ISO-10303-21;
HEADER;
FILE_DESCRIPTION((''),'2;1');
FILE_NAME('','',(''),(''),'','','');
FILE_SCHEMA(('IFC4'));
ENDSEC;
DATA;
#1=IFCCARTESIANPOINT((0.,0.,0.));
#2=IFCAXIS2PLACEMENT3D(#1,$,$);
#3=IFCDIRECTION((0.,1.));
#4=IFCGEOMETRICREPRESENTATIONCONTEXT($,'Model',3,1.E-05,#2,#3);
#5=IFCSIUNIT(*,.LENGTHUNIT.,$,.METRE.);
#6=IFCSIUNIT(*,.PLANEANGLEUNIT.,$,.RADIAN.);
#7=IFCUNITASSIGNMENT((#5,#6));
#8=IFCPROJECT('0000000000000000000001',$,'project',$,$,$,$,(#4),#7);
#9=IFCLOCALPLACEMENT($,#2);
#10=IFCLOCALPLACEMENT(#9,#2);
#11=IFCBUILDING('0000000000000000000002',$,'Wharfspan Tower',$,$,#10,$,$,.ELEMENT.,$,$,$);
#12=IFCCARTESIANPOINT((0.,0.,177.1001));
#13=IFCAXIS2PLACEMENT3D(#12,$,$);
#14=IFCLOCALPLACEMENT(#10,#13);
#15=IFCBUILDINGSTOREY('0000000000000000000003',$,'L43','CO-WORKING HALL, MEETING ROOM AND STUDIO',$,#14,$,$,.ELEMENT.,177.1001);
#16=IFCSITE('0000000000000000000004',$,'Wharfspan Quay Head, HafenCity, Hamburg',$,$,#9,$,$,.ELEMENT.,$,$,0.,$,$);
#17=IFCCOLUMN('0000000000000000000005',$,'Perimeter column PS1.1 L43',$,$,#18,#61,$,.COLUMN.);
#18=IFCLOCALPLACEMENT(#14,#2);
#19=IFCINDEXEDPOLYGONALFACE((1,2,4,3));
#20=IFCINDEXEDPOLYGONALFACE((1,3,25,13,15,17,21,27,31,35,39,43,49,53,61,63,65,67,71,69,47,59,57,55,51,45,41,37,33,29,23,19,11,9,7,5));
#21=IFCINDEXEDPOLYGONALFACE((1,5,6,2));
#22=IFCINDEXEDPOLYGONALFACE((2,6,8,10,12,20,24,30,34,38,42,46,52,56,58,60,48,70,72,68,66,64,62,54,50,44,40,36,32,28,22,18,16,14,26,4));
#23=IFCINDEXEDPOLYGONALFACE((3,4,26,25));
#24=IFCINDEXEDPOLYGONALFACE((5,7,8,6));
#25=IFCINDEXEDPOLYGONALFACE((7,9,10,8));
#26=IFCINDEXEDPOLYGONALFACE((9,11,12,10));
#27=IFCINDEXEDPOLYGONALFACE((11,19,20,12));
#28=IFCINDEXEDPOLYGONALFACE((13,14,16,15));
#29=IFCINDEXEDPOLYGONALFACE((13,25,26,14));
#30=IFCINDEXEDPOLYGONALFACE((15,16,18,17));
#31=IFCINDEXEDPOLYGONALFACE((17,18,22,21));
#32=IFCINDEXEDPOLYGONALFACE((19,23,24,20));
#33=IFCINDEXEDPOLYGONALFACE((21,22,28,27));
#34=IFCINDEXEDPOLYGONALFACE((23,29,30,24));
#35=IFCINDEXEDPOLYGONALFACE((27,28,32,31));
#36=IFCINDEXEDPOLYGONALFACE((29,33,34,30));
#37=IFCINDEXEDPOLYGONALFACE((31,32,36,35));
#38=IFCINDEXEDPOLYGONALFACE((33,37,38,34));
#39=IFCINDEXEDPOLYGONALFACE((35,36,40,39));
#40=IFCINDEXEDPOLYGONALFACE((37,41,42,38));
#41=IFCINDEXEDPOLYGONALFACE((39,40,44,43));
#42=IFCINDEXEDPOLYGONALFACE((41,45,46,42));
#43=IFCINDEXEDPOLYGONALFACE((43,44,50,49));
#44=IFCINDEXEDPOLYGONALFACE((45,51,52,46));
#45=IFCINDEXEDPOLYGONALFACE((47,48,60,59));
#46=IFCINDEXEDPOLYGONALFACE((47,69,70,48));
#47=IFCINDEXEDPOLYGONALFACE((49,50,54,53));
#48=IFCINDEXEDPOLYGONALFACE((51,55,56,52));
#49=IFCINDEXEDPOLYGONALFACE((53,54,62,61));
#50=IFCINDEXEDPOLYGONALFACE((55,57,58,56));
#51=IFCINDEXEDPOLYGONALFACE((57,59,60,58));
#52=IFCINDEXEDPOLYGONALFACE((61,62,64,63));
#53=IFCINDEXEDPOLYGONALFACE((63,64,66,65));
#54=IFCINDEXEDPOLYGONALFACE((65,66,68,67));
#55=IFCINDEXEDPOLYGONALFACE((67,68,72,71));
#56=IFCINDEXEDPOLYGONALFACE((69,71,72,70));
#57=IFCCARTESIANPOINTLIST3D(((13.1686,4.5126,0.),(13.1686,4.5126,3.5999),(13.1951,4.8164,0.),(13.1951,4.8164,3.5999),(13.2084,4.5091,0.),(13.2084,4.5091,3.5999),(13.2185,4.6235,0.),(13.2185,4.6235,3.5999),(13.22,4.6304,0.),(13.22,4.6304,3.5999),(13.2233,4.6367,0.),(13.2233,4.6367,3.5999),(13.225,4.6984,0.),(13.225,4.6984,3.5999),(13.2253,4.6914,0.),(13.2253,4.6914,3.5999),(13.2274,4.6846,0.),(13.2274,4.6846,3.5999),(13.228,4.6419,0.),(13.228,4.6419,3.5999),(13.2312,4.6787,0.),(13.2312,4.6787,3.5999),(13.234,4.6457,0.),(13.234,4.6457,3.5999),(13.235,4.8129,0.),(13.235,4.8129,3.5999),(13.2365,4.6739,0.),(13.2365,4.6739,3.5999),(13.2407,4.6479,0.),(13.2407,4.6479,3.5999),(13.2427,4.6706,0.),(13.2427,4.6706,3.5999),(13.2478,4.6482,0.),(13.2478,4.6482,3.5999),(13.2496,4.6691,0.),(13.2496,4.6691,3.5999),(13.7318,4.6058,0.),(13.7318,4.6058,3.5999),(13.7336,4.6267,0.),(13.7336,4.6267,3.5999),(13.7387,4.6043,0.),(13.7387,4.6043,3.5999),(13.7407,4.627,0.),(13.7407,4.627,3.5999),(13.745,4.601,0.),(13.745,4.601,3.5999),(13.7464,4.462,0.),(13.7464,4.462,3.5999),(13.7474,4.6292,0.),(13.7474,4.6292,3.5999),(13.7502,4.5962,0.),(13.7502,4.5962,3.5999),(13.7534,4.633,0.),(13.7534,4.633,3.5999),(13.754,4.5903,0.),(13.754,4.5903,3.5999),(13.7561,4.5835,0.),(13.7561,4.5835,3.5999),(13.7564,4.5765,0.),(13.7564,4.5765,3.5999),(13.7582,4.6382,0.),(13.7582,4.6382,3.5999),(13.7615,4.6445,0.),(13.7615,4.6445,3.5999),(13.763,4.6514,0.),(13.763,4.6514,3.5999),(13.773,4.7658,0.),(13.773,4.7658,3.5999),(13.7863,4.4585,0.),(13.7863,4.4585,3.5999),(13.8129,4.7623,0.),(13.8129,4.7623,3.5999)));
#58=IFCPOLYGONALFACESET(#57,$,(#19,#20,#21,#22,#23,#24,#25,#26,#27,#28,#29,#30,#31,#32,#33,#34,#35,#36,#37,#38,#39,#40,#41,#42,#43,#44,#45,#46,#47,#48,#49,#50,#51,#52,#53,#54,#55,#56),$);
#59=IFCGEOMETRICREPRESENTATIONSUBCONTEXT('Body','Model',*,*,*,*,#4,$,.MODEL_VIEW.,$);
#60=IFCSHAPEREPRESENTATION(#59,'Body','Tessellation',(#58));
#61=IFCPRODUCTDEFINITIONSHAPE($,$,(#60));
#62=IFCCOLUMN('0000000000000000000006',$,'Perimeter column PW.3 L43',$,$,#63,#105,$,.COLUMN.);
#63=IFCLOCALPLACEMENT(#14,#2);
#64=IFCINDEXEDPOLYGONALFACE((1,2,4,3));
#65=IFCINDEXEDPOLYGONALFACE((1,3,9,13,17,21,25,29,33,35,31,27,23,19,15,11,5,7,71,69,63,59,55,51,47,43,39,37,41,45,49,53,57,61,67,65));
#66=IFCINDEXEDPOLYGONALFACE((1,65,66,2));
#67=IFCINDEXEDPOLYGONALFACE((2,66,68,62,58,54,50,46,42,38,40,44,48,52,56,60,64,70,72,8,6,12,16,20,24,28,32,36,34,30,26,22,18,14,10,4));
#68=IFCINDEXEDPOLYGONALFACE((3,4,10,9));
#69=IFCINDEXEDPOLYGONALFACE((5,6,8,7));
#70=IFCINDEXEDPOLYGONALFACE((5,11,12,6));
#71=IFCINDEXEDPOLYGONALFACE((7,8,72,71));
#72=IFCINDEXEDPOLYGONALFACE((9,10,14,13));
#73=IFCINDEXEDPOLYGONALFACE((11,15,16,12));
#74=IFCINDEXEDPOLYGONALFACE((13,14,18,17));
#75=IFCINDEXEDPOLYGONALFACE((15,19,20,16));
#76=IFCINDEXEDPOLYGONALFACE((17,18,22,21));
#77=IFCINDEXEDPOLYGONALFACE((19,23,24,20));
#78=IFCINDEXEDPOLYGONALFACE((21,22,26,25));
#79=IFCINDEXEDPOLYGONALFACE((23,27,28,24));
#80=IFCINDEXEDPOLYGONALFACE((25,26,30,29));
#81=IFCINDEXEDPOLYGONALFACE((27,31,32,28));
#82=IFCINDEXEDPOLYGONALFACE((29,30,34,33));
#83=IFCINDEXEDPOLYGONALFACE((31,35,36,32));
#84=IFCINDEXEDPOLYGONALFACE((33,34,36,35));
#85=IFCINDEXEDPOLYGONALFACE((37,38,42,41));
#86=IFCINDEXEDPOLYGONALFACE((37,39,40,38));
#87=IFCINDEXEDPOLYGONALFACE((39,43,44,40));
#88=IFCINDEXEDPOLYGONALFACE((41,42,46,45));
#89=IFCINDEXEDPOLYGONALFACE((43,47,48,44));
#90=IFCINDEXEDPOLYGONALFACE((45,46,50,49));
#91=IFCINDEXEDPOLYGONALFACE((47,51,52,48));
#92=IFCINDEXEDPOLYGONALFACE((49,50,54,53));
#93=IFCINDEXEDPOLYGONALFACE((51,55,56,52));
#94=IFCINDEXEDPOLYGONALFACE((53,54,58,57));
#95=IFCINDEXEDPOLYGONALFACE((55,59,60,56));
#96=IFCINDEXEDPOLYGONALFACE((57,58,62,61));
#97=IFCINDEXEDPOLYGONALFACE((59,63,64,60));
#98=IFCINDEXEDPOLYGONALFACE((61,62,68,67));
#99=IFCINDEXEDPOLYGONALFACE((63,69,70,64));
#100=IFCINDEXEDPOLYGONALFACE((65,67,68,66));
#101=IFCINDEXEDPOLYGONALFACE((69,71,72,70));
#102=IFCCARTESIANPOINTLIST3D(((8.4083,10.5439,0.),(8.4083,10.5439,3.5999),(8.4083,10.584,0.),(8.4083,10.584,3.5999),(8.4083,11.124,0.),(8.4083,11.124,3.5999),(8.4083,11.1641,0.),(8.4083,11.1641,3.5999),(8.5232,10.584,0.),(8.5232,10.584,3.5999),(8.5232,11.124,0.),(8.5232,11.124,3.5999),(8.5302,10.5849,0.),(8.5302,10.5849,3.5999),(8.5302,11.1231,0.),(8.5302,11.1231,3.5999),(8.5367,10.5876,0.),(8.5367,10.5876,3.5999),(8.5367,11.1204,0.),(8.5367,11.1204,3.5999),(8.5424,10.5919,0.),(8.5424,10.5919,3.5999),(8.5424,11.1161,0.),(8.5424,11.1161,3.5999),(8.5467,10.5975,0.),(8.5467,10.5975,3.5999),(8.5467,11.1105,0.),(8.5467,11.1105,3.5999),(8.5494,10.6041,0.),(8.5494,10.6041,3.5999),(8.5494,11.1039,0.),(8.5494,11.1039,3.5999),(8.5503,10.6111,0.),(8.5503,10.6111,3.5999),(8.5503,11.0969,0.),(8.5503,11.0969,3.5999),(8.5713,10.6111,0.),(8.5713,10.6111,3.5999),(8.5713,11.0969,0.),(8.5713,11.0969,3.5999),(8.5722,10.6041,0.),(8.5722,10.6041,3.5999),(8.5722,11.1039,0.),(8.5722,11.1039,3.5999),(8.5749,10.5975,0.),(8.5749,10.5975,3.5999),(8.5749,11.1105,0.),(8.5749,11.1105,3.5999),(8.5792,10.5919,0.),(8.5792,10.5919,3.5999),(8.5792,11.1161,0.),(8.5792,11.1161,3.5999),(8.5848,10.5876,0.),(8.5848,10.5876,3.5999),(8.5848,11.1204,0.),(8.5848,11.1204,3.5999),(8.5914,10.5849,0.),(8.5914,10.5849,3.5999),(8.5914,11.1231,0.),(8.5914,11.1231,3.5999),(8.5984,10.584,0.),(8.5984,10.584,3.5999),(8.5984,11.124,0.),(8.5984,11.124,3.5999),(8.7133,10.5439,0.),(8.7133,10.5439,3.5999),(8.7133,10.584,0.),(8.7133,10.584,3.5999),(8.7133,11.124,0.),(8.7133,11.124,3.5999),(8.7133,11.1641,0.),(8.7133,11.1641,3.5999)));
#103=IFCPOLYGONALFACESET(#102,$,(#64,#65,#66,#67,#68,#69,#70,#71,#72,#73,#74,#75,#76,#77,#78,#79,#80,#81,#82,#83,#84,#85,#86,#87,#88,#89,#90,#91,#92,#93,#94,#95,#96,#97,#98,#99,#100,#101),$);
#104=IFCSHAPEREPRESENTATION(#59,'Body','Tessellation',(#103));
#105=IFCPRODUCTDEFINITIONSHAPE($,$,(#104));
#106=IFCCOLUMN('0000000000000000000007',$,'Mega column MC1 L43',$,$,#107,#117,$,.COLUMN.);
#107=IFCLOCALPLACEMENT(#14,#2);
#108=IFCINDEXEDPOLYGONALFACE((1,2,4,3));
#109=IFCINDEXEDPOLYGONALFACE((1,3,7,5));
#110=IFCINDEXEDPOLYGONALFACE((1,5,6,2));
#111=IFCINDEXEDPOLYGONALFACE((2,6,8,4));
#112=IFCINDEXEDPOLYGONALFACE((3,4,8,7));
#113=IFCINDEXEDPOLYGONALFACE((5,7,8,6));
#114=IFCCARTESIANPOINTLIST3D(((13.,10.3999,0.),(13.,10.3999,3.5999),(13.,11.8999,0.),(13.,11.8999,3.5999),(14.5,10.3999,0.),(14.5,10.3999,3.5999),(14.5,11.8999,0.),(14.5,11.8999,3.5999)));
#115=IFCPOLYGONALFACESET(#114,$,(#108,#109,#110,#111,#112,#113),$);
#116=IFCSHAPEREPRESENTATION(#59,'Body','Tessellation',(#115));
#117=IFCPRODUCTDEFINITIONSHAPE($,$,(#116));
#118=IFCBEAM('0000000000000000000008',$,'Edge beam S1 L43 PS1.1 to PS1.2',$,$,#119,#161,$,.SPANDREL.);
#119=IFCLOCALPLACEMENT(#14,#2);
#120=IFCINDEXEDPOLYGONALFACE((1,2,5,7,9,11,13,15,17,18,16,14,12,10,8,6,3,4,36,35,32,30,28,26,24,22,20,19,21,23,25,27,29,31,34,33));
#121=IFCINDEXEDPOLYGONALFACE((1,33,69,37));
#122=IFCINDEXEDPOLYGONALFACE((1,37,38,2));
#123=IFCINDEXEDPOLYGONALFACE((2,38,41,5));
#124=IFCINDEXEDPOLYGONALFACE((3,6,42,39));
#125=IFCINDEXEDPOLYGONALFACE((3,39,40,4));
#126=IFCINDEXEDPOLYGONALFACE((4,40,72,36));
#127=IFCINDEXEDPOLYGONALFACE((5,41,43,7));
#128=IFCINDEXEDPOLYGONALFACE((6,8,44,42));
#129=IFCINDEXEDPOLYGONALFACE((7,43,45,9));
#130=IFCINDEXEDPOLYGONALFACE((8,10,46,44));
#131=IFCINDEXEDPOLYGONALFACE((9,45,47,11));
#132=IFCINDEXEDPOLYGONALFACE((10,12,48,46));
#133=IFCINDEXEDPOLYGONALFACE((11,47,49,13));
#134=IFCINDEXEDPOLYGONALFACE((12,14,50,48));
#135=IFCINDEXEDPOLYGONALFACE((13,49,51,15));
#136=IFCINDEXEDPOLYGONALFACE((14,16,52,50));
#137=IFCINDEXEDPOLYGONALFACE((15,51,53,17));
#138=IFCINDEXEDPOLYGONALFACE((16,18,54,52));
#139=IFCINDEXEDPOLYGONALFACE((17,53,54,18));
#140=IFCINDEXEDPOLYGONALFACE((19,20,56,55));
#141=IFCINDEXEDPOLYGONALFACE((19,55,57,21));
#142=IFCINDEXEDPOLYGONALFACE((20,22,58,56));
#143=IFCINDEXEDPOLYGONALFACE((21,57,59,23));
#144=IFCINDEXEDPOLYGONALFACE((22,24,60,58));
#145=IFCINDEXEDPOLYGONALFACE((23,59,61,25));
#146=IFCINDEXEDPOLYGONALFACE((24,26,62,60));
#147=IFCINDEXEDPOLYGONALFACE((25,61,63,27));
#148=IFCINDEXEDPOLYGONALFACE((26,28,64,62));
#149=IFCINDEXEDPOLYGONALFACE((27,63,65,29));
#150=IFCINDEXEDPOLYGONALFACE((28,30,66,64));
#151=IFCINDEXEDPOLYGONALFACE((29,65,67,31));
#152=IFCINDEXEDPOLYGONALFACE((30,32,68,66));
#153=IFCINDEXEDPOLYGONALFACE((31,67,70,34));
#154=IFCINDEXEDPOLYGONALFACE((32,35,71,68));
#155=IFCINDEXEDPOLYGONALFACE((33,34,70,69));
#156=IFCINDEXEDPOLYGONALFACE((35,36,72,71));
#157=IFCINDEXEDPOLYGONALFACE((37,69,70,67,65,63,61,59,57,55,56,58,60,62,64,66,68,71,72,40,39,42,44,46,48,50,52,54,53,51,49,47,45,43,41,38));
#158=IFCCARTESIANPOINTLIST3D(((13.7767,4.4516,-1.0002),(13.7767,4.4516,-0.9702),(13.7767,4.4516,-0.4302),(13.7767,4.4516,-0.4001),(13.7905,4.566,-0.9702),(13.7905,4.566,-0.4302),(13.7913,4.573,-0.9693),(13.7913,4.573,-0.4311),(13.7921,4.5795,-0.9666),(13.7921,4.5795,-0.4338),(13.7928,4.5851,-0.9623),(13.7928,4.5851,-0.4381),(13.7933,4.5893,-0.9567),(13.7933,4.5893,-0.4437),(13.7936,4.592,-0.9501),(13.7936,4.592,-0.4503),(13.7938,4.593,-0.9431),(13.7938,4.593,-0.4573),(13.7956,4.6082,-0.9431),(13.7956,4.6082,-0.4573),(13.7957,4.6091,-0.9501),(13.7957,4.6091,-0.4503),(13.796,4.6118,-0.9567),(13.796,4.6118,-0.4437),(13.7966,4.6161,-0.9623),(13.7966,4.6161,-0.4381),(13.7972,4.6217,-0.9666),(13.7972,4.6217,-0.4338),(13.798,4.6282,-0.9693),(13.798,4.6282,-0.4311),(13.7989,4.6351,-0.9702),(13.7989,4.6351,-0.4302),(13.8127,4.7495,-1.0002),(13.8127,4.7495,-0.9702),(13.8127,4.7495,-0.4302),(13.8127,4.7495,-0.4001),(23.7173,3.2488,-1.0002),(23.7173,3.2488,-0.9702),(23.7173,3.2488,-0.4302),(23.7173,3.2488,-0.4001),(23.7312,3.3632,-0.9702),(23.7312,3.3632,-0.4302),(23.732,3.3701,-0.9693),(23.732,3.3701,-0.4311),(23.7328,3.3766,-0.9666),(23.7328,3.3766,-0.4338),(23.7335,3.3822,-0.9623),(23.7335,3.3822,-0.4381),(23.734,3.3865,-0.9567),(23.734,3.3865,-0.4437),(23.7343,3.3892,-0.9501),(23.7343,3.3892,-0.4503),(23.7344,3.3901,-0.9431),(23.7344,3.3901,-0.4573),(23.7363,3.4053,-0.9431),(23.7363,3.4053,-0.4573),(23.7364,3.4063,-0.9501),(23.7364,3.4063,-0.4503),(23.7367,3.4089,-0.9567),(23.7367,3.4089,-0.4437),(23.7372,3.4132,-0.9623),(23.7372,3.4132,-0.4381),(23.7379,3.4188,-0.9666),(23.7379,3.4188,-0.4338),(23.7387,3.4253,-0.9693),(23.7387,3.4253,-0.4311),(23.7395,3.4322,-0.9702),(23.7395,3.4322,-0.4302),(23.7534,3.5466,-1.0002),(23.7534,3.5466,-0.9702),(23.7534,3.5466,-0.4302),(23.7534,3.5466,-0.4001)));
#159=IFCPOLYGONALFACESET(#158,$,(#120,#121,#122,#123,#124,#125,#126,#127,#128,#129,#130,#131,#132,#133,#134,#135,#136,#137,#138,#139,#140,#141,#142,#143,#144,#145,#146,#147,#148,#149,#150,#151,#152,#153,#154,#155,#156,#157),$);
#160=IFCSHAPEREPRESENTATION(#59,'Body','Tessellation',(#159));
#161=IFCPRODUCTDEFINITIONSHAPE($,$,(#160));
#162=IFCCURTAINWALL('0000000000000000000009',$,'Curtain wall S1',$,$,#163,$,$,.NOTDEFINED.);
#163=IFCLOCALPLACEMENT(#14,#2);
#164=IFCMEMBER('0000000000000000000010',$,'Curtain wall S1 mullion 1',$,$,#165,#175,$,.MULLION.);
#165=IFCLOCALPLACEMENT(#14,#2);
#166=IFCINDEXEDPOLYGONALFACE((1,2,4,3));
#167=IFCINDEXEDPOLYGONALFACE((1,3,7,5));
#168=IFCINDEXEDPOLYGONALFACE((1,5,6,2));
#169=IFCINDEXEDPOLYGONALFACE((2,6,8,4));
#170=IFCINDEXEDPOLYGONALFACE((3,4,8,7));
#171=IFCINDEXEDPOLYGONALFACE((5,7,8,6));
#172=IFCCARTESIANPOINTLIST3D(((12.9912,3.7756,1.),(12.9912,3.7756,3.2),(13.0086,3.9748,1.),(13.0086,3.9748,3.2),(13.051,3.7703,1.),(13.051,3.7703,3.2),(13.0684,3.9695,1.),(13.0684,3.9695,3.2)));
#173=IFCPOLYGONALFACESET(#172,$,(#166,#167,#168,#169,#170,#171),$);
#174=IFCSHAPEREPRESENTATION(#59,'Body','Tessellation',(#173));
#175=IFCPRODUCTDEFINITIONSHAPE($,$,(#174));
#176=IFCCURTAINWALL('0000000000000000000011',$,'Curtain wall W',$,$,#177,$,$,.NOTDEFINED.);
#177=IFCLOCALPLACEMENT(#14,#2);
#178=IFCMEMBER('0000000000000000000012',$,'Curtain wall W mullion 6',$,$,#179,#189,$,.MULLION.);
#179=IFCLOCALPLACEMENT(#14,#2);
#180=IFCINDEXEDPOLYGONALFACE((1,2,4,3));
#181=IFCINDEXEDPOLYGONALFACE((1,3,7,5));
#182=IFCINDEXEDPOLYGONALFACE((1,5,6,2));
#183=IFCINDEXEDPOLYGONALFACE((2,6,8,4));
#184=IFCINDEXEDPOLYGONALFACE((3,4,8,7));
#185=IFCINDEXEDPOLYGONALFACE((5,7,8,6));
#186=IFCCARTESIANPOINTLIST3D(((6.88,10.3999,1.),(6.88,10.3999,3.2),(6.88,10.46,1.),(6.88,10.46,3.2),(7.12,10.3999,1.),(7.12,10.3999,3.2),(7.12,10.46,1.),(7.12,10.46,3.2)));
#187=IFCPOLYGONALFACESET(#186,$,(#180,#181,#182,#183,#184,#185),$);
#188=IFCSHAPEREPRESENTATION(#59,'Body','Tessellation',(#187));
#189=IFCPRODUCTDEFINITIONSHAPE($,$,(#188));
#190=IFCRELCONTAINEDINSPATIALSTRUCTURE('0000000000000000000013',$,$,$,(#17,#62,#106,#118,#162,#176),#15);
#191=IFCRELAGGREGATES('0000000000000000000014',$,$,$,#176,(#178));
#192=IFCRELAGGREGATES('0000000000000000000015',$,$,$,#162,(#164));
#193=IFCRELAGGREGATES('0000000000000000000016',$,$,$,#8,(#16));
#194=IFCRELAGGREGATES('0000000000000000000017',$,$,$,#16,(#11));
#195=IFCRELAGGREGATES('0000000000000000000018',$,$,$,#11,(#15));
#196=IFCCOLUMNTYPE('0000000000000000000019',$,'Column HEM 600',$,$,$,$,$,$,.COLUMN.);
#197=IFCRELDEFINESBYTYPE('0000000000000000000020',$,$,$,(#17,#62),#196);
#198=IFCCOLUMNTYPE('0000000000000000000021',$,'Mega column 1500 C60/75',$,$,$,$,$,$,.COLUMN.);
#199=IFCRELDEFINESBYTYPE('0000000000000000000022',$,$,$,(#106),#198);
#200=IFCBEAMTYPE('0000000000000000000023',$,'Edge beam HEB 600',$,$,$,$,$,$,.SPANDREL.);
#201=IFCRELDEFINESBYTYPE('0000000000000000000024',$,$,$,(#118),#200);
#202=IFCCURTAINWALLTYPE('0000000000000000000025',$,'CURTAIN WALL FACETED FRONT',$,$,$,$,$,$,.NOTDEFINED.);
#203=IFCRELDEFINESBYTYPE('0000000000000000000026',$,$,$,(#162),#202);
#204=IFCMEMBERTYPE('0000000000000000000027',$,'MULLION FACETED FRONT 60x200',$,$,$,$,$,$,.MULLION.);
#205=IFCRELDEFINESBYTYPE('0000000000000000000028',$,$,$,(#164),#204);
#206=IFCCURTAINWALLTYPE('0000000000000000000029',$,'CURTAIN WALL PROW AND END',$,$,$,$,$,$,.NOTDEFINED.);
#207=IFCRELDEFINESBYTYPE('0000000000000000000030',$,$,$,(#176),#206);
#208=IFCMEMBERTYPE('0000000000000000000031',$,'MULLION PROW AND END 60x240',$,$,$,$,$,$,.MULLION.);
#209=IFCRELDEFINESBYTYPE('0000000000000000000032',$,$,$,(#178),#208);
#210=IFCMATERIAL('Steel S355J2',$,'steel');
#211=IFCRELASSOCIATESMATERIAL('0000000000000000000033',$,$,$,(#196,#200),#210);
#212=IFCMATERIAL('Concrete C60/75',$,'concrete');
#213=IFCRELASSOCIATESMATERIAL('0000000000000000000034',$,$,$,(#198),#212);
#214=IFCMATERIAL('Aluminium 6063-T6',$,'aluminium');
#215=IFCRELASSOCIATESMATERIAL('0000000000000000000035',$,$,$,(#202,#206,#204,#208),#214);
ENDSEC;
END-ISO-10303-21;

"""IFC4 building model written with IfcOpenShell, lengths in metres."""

from ifc_helpers import new_model, si_unit, direction, frame, origin, origin_2d, place, context, subcontext, project, spatial, rectangle, i_section, extrude, material, material_profile, profile_set, type_object, element, aggregate, save


model = new_model("IFC4")

# Units and contexts
model_context = context("Model", 3, precision=1e-05, world=origin(), true_north=direction((0.0, 1.0)))
body_context = subcontext(model_context, "Body", "Model", "MODEL_VIEW")
ifc_project = project(units=[si_unit("LENGTHUNIT", "METRE"), si_unit("PLANEANGLEUNIT", "RADIAN")], contexts=[model_context])

# Site, building, storey
site_placement = place(None, origin())
site = spatial("IfcSite", under=ifc_project, at=site_placement, Name="Wharfspan Quay Head, HafenCity, Hamburg", CompositionType="ELEMENT", RefElevation=0.0)
building_placement = place(site_placement, origin())
building = spatial("IfcBuilding", under=site, at=building_placement, Name="Wharfspan Tower", CompositionType="ELEMENT")
storey_placement = place(building_placement, frame((0.0, 0.0, 177.1001)))
storey = spatial("IfcBuildingStorey", under=building, at=storey_placement, Name="L43", Description="CO-WORKING HALL, MEETING ROOM AND STUDIO", CompositionType="ELEMENT", Elevation=177.1001)

# Columns
ifc_material_1 = material(Name="Steel S355J2", Category="steel")
ifc_material_profile_1 = material_profile(ifc_material_1, i_section(OverallWidth=0.3049, OverallDepth=0.6201, WebThickness=0.021, FlangeThickness=0.04, FilletRadius=0.0271, at=origin_2d()))
ifc_profile_set_1 = profile_set([ifc_material_profile_1], Name="Steel S355J2")
column_type_1 = type_object("IfcColumnType", Name="Column HEM 600", PredefinedType="COLUMN", material=ifc_profile_set_1)
for number, where, z_axis, x_axis, name in (
    (1, (13.4907, 4.6375, 0.0), (0.0, 0.0, 1.0), (-0.087156, -0.996198, 0.0), "Perimeter column PS1.1 L43"),
    (2, (8.5608, 10.854, 0.0), (0.0, 0.0, 1.0), (-1.0, 0.0, 0.0), "Perimeter column PW.3 L43"),
):
    element("IfcColumn", number, at=place(storey_placement, frame(where, z_axis=z_axis, x_axis=x_axis)), inside=storey, type_object=column_type_1, Name=name, PredefinedType="COLUMN", context=body_context, shape_type="SweptSolid", body=[
        extrude(i_section(OverallWidth=0.3049, OverallDepth=0.6201, WebThickness=0.021, FlangeThickness=0.04, FilletRadius=0.0271, at=origin_2d()), origin(), (0.0, 0.0, 1.0), 3.5999),
    ])
ifc_material_2 = material(Name="Concrete C60/75", Category="concrete")
ifc_material_profile_2 = material_profile(ifc_material_2, rectangle(XDim=1.5, YDim=1.5, at=origin_2d()))
ifc_profile_set_2 = profile_set([ifc_material_profile_2], Name="Concrete C60/75")
column_type_2 = type_object("IfcColumnType", Name="Mega column 1500 C60/75", PredefinedType="COLUMN", material=ifc_profile_set_2)
column_placement = place(storey_placement, frame((13.75, 11.1499, 0.0), z_axis=(0.0, 0.0, 1.0), x_axis=(1.0, 0.0, 0.0)))
element("IfcColumn", 3, at=column_placement, inside=storey, type_object=column_type_2, Name="Mega column MC1 L43", PredefinedType="COLUMN", context=body_context, shape_type="SweptSolid", body=[
    extrude(rectangle(XDim=1.5, YDim=1.5, at=origin_2d()), origin(), (0.0, 0.0, 1.0), 3.5999),
])

# Beam
ifc_material_profile_3 = material_profile(ifc_material_1, i_section(OverallWidth=0.3, OverallDepth=0.6001, WebThickness=0.0154, FlangeThickness=0.03, FilletRadius=0.0271, at=origin_2d()))
ifc_profile_set_3 = profile_set([ifc_material_profile_3], Name="Steel S355J2")
beam_type = type_object("IfcBeamType", Name="Edge beam HEB 600", PredefinedType="SPANDREL", material=ifc_profile_set_3)
beam_placement = place(storey_placement, frame((13.7947, 4.6006, -0.7002), z_axis=(0.992758, -0.12013, 0.0), x_axis=(0.12013, 0.992758, 0.0)))
element("IfcBeam", 4, at=beam_placement, inside=storey, type_object=beam_type, Name="Edge beam S1 L43 PS1.1 to PS1.2", PredefinedType="SPANDREL", context=body_context, shape_type="SweptSolid", body=[
    extrude(i_section(OverallWidth=0.3, OverallDepth=0.6001, WebThickness=0.0154, FlangeThickness=0.03, FilletRadius=0.0271, at=origin_2d()), origin(), (0.0, 0.0, 1.0), 10.0132),
])

# Curtain walls, members
ifc_material_3 = material(Name="Aluminium 6063-T6", Category="aluminium")
curtain_wall_type_1 = type_object("IfcCurtainWallType", Name="CURTAIN WALL FACETED FRONT", PredefinedType="NOTDEFINED", material=ifc_material_3)
curtain_wall_1_placement = place(storey_placement, origin())
curtain_wall_1 = element("IfcCurtainWall", 5, at=curtain_wall_1_placement, inside=storey, type_object=curtain_wall_type_1, Name="Curtain wall S1", PredefinedType="NOTDEFINED")
ifc_material_profile_4 = material_profile(ifc_material_3, rectangle(XDim=0.2, YDim=0.0601, at=origin_2d()))
ifc_profile_set_4 = profile_set([ifc_material_profile_4], Name="Aluminium 6063-T6")
member_type_1 = type_object("IfcMemberType", Name="MULLION FACETED FRONT 60x200", PredefinedType="MULLION", material=ifc_profile_set_4)
member_1_placement = place(storey_placement, frame((13.0298, 3.8726, 1.0), z_axis=(0.0, 0.0, 1.0), x_axis=(0.087156, 0.996198, 0.0)))
member_1 = element("IfcMember", 6, at=member_1_placement, type_object=member_type_1, Name="Curtain wall S1 mullion 1", PredefinedType="MULLION", context=body_context, shape_type="SweptSolid", body=[
    extrude(rectangle(XDim=0.2, YDim=0.0601, at=origin_2d()), origin(), (0.0, 0.0, 1.0), 2.2),
])
curtain_wall_type_2 = type_object("IfcCurtainWallType", Name="CURTAIN WALL PROW AND END", PredefinedType="NOTDEFINED", material=ifc_material_3)
curtain_wall_2_placement = place(storey_placement, origin())
curtain_wall_2 = element("IfcCurtainWall", 7, at=curtain_wall_2_placement, inside=storey, type_object=curtain_wall_type_2, Name="Curtain wall W", PredefinedType="NOTDEFINED")
ifc_material_profile_5 = material_profile(ifc_material_3, rectangle(XDim=0.24, YDim=0.0601, at=origin_2d()))
ifc_profile_set_5 = profile_set([ifc_material_profile_5], Name="Aluminium 6063-T6")
member_type_2 = type_object("IfcMemberType", Name="MULLION PROW AND END 60x240", PredefinedType="MULLION", material=ifc_profile_set_5)
member_2_placement = place(storey_placement, frame((7.0, 10.4299, 1.0), z_axis=(0.0, 0.0, 1.0), x_axis=(1.0, 0.0, 0.0)))
member_2 = element("IfcMember", 8, at=member_2_placement, type_object=member_type_2, Name="Curtain wall W mullion 6", PredefinedType="MULLION", context=body_context, shape_type="SweptSolid", body=[
    extrude(rectangle(XDim=0.24, YDim=0.0601, at=origin_2d()), origin(), (0.0, 0.0, 1.0), 2.2),
])
aggregate(curtain_wall_2, [member_2])

aggregate(curtain_wall_1, [member_1])

save(model, "model.ifc")
